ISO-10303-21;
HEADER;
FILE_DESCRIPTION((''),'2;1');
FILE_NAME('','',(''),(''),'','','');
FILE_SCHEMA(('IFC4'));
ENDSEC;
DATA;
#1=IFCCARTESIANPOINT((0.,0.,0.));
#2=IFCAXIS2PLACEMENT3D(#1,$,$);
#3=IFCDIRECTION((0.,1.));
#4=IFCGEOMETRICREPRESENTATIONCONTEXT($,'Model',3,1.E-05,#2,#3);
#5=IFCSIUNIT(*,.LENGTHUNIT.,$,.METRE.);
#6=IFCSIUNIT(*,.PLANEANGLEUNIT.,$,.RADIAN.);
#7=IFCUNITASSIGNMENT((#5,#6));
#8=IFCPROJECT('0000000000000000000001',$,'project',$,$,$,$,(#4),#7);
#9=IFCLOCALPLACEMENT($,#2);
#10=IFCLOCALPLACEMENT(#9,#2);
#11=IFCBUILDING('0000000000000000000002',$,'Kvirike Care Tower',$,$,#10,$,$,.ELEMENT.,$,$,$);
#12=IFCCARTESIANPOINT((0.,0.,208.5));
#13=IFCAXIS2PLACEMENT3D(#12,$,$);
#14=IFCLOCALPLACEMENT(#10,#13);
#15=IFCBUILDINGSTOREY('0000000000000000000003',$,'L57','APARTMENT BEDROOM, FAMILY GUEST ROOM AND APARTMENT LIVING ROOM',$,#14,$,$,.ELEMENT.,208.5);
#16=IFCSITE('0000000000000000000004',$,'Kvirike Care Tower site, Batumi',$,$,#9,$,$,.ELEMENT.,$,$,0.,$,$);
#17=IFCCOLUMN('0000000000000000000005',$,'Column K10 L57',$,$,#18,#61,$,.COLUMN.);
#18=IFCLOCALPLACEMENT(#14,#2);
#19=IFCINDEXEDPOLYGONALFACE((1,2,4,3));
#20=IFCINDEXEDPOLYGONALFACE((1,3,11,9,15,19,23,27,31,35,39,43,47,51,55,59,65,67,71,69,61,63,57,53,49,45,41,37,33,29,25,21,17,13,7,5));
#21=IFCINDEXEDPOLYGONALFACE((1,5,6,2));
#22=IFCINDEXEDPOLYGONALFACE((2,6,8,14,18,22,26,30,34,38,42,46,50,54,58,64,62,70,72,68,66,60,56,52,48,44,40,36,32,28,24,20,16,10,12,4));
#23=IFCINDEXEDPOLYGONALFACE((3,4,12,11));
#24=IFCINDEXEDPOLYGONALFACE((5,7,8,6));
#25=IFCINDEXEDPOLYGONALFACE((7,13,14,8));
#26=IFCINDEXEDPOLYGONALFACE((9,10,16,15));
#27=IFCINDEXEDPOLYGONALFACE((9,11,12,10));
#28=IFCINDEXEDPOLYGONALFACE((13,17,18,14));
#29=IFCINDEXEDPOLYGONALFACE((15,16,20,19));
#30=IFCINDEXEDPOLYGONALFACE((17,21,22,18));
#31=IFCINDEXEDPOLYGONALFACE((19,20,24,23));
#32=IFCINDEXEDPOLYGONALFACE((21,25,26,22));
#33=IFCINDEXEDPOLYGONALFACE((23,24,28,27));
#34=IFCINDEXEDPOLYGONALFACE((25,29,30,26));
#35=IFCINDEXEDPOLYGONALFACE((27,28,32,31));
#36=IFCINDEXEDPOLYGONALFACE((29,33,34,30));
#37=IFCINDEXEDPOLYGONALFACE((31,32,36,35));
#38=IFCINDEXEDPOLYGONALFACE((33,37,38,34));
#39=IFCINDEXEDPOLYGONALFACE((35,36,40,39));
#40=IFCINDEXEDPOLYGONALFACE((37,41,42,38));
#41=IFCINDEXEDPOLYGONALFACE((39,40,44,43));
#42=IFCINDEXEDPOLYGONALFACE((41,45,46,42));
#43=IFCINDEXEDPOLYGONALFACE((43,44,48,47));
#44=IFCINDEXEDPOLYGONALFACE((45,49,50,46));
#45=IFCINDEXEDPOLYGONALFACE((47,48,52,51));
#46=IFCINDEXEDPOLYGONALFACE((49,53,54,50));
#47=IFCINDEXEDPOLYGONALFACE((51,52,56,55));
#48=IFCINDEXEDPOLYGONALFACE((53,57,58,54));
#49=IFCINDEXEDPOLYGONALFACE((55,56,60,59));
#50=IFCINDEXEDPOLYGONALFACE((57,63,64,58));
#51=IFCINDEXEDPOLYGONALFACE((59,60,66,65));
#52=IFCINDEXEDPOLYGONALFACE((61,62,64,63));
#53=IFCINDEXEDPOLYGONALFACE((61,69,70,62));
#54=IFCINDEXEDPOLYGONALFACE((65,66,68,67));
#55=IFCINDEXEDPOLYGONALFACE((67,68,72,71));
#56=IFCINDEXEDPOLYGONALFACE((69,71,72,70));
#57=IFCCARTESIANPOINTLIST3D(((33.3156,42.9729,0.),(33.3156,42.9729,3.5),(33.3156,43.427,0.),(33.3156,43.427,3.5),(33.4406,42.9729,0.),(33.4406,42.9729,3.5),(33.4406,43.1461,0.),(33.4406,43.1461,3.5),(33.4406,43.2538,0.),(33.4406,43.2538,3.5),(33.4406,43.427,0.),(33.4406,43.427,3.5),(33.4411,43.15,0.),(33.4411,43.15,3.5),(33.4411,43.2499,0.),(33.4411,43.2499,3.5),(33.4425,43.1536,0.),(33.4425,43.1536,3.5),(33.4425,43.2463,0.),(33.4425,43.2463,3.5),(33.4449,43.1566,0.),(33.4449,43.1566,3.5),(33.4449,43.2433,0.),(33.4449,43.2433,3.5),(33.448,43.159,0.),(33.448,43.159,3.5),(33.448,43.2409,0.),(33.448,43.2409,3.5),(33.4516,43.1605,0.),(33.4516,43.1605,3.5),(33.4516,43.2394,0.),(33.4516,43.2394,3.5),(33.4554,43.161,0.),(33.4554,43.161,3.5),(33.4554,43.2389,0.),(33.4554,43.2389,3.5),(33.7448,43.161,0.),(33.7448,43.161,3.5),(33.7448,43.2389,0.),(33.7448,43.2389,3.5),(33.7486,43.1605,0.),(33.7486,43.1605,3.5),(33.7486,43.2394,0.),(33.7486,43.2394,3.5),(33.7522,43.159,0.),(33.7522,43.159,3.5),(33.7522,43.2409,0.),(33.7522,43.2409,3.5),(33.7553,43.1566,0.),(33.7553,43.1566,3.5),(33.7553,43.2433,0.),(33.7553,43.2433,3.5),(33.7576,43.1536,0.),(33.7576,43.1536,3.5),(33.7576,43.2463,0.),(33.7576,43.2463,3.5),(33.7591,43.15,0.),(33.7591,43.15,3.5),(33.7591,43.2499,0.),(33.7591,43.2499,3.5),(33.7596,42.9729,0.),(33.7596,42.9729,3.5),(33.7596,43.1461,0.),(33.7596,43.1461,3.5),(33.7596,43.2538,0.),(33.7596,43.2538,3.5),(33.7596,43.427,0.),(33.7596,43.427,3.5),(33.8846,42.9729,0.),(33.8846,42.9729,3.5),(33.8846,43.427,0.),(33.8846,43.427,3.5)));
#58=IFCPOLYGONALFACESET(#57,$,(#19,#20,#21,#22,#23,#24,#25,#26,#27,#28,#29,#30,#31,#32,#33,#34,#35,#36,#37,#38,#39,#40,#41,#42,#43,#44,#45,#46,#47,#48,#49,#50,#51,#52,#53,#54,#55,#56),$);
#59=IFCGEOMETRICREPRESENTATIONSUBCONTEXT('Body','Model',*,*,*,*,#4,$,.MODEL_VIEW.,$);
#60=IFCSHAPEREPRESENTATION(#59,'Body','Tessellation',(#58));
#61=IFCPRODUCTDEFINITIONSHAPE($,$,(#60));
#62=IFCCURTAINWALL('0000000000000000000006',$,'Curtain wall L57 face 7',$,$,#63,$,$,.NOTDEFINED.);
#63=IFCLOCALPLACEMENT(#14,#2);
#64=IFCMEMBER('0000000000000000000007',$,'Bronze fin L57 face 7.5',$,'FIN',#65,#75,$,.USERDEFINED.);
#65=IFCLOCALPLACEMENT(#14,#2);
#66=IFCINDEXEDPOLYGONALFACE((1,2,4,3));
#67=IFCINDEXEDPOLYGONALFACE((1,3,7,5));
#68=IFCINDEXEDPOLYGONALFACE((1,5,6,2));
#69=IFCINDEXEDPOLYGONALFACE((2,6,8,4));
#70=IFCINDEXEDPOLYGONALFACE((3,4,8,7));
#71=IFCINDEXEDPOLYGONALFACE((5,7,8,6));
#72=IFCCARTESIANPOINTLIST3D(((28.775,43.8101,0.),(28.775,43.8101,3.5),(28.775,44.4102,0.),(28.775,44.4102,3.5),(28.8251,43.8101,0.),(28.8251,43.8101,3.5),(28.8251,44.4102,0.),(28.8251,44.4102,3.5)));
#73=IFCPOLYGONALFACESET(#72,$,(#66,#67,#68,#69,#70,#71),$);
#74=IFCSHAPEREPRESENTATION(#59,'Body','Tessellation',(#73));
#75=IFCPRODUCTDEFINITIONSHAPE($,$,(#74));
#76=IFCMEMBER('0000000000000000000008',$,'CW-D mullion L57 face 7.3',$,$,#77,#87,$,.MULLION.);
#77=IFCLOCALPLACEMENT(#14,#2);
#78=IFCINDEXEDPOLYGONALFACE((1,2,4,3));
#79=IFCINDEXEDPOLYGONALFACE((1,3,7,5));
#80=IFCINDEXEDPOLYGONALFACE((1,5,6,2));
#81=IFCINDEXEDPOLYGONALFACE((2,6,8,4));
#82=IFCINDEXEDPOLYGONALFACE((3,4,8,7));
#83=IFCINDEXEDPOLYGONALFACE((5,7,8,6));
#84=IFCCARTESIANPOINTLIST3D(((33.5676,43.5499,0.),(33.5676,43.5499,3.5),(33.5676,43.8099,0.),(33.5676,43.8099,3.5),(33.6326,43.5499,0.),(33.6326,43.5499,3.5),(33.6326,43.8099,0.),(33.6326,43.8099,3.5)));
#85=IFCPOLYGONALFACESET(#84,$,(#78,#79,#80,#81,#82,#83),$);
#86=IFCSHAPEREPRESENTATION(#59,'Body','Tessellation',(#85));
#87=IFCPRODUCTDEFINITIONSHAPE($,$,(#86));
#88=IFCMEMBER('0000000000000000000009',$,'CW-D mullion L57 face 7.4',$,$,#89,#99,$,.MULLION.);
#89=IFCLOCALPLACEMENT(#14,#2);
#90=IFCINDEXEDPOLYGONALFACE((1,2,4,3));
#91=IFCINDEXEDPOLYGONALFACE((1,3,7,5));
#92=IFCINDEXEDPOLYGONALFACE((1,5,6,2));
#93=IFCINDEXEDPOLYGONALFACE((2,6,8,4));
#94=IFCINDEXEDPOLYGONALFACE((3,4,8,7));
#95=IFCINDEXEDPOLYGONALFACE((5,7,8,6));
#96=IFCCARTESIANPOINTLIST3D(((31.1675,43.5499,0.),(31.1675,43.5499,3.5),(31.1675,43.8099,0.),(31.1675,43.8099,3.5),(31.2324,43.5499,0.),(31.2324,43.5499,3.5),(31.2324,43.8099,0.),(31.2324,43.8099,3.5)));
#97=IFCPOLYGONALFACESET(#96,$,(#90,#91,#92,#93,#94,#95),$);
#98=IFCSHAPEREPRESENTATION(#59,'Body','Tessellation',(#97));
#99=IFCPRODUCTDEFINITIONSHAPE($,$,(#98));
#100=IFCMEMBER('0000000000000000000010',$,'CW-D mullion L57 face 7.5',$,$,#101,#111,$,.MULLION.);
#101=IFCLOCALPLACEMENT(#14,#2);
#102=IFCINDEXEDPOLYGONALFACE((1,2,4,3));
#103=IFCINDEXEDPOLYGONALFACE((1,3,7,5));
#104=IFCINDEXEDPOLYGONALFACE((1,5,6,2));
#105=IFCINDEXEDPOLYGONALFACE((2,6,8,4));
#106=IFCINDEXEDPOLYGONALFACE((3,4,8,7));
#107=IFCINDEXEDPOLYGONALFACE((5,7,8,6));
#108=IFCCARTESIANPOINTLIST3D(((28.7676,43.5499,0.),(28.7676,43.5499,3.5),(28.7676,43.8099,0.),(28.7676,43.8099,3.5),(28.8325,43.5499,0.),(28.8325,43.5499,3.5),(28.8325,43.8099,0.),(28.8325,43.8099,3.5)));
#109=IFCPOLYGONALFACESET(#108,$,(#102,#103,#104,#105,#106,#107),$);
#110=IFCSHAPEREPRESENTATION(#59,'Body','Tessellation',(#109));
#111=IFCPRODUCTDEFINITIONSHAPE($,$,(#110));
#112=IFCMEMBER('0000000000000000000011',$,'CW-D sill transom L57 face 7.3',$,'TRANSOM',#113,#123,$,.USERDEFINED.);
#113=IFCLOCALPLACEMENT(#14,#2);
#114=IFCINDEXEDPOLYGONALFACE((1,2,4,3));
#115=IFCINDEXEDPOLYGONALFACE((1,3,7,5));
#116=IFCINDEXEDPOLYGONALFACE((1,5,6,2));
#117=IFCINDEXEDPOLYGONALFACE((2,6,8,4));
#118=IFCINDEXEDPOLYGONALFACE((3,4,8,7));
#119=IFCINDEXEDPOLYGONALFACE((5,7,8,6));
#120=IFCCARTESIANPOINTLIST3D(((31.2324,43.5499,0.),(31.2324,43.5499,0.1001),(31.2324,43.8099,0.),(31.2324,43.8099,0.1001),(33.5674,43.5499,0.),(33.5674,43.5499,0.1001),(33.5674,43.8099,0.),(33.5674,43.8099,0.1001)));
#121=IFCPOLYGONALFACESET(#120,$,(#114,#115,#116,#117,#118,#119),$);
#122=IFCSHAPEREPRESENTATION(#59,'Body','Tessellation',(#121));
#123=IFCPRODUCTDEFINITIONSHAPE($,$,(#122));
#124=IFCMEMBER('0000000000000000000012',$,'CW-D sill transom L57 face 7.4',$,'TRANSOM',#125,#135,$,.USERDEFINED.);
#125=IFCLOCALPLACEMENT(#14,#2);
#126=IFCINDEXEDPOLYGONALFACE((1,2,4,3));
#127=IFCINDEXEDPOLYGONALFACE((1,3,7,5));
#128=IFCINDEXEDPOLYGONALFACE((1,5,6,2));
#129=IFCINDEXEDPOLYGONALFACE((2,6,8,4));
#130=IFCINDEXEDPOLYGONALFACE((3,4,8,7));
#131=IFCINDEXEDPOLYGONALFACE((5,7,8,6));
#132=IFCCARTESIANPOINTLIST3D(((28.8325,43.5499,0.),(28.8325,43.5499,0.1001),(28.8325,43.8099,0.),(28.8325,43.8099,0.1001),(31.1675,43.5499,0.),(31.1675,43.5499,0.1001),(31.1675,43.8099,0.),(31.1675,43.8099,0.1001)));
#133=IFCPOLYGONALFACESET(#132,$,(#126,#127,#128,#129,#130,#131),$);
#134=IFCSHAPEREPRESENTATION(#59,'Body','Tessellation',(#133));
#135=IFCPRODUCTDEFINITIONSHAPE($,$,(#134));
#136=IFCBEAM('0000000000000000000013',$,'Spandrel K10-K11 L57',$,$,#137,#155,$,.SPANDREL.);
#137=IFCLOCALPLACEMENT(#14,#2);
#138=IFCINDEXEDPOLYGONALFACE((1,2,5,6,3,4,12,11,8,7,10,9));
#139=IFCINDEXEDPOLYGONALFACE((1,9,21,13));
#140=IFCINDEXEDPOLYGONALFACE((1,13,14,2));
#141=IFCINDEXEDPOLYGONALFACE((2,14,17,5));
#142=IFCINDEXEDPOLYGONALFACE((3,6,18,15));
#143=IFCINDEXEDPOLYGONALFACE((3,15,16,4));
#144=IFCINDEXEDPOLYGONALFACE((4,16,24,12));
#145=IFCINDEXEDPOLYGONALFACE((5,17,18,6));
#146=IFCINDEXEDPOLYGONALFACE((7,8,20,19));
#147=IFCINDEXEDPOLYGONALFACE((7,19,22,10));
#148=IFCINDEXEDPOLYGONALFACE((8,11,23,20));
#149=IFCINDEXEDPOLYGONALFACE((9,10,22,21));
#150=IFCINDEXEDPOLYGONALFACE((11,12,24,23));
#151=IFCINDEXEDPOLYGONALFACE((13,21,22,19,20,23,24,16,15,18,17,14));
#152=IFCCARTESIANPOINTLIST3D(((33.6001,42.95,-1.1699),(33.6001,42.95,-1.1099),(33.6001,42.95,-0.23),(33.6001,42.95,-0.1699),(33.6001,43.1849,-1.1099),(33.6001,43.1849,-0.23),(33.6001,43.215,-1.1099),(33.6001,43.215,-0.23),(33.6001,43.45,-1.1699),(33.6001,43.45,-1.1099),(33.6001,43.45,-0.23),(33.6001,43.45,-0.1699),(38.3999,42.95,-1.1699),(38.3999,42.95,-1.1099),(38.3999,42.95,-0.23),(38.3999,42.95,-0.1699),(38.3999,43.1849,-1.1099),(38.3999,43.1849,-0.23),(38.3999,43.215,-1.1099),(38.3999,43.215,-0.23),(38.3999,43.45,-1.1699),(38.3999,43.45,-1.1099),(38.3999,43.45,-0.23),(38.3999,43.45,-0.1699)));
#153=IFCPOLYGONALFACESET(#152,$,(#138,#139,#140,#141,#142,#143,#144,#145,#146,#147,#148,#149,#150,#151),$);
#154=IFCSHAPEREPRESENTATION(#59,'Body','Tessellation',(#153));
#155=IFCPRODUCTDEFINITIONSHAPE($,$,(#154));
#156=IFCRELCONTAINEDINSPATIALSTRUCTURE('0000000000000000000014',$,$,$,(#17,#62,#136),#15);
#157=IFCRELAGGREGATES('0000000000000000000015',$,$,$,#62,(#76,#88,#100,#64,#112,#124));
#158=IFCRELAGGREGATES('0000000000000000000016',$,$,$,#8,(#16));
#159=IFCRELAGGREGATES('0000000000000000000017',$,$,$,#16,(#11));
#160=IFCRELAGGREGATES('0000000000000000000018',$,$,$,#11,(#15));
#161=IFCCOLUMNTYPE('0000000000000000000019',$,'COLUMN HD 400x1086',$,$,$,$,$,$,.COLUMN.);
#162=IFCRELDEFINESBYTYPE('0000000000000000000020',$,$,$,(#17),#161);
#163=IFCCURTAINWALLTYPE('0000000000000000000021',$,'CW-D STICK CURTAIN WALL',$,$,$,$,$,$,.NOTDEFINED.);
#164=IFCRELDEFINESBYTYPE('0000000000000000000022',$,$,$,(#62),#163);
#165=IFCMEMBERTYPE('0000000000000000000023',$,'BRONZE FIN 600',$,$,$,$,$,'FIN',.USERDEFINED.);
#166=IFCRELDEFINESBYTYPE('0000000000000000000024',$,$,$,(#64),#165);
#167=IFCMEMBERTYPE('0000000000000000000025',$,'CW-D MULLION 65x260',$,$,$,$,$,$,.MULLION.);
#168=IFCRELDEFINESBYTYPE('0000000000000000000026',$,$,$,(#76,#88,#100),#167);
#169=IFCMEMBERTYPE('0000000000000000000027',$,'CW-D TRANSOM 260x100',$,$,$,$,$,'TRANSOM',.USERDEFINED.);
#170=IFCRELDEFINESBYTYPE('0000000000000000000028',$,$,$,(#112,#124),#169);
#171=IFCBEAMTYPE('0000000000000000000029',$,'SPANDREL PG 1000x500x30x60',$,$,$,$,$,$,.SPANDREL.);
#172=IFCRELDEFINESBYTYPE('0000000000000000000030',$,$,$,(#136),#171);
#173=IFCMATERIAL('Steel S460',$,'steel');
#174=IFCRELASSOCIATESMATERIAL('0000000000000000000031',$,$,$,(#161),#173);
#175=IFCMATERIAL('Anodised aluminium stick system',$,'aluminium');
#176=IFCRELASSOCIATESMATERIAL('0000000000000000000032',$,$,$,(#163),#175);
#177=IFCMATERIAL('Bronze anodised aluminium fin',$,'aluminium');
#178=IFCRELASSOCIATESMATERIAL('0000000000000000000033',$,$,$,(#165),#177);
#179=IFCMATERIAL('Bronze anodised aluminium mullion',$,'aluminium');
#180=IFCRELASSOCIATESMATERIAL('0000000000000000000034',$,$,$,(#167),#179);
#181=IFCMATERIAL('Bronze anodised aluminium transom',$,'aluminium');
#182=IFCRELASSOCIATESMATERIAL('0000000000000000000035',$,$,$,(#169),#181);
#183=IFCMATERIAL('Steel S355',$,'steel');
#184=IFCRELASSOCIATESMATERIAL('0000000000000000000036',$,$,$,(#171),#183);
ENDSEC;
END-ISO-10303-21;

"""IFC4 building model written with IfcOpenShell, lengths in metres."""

from ifc_helpers import new_model, si_unit, direction, frame, origin, origin_2d, place, context, subcontext, project, spatial, rectangle, i_section, extrude, material, material_profile, profile_set, type_object, element, aggregate, save


model = new_model("IFC4")

# Units and contexts
model_context = context("Model", 3, precision=1e-05, world=origin(), true_north=direction((0.0, 1.0)))
body_context = subcontext(model_context, "Body", "Model", "MODEL_VIEW")
ifc_project = project(units=[si_unit("LENGTHUNIT", "METRE"), si_unit("PLANEANGLEUNIT", "RADIAN")], contexts=[model_context])

# Site, building, storey
site_placement = place(None, origin())
site = spatial("IfcSite", under=ifc_project, at=site_placement, Name="Kvirike Care Tower site, Batumi", CompositionType="ELEMENT", RefElevation=0.0)
building_placement = place(site_placement, origin())
building = spatial("IfcBuilding", under=site, at=building_placement, Name="Kvirike Care Tower", CompositionType="ELEMENT")
storey_placement = place(building_placement, frame((0.0, 0.0, 208.5)))
storey = spatial("IfcBuildingStorey", under=building, at=storey_placement, Name="L57", Description="APARTMENT BEDROOM, FAMILY GUEST ROOM AND APARTMENT LIVING ROOM", CompositionType="ELEMENT", Elevation=208.5)

# Column
ifc_material_1 = material(Name="Steel S460", Category="steel")
ifc_material_profile_1 = material_profile(ifc_material_1, i_section(OverallWidth=0.4541, OverallDepth=0.5691, WebThickness=0.0779, FlangeThickness=0.125, FilletRadius=0.0149, at=origin_2d()), Name="HD 400x1086")
ifc_profile_set_1 = profile_set([ifc_material_profile_1], Name="Steel S460")
column_type = type_object("IfcColumnType", Name="COLUMN HD 400x1086", PredefinedType="COLUMN", material=ifc_profile_set_1)
column_placement = place(storey_placement, frame((33.6001, 43.2, 0.0), z_axis=(0.0, 0.0, 1.0), x_axis=(0.0, 1.0, 0.0)))
element("IfcColumn", 1, at=column_placement, inside=storey, type_object=column_type, Name="Column K10 L57", PredefinedType="COLUMN", context=body_context, shape_type="SweptSolid", body=[
    extrude(i_section(OverallWidth=0.4541, OverallDepth=0.5691, WebThickness=0.0779, FlangeThickness=0.125, FilletRadius=0.0149, at=origin_2d()), origin(), (0.0, 0.0, 1.0), 3.5),
])

# Curtain wall, members
ifc_material_2 = material(Name="Anodised aluminium stick system", Category="aluminium")
curtain_wall_type = type_object("IfcCurtainWallType", Name="CW-D STICK CURTAIN WALL", PredefinedType="NOTDEFINED", material=ifc_material_2)
curtain_wall_placement = place(storey_placement, origin())
curtain_wall = element("IfcCurtainWall", 2, at=curtain_wall_placement, inside=storey, type_object=curtain_wall_type, Name="Curtain wall L57 face 7", PredefinedType="NOTDEFINED")
ifc_material_3 = material(Name="Bronze anodised aluminium fin", Category="aluminium")
ifc_material_profile_2 = material_profile(ifc_material_3, rectangle(XDim=0.05, YDim=0.6001, at=origin_2d()), Name="BRONZE FIN 600")
ifc_profile_set_2 = profile_set([ifc_material_profile_2], Name="Bronze anodised aluminium fin")
member_type_1 = type_object("IfcMemberType", Name="BRONZE FIN 600", ElementType="FIN", PredefinedType="USERDEFINED", material=ifc_profile_set_2)
member_1_placement = place(storey_placement, frame((28.8, 44.1101, 0.0), z_axis=(0.0, 0.0, 1.0), x_axis=(-1.0, 0.0, 0.0)))
member_1 = element("IfcMember", 3, at=member_1_placement, type_object=member_type_1, Name="Bronze fin L57 face 7.5", ObjectType="FIN", PredefinedType="USERDEFINED", context=body_context, shape_type="SweptSolid", body=[
    extrude(rectangle(XDim=0.05, YDim=0.6001, at=origin_2d()), origin(), (0.0, 0.0, 1.0), 3.5),
])
ifc_material_4 = material(Name="Bronze anodised aluminium mullion", Category="aluminium")
ifc_material_profile_3 = material_profile(ifc_material_4, rectangle(XDim=0.0649, YDim=0.26, at=origin_2d()), Name="CW-D MULLION 65x260")
ifc_profile_set_3 = profile_set([ifc_material_profile_3], Name="Bronze anodised aluminium mullion")
member_type_2 = type_object("IfcMemberType", Name="CW-D MULLION 65x260", PredefinedType="MULLION", material=ifc_profile_set_3)
member_2_placement = place(storey_placement, frame((33.6001, 43.6799, 0.0), z_axis=(0.0, 0.0, 1.0), x_axis=(-1.0, 0.0, 0.0)))
member_2 = element("IfcMember", 4, at=member_2_placement, type_object=member_type_2, Name="CW-D mullion L57 face 7.3", PredefinedType="MULLION", context=body_context, shape_type="SweptSolid", body=[
    extrude(rectangle(XDim=0.0649, YDim=0.26, at=origin_2d()), origin(), (0.0, 0.0, 1.0), 3.5),
])
member_3_placement = place(storey_placement, frame((31.2, 43.6799, 0.0), z_axis=(0.0, 0.0, 1.0), x_axis=(-1.0, 0.0, 0.0)))
member_3 = element("IfcMember", 5, at=member_3_placement, type_object=member_type_2, Name="CW-D mullion L57 face 7.4", PredefinedType="MULLION", context=body_context, shape_type="SweptSolid", body=[
    extrude(rectangle(XDim=0.0649, YDim=0.26, at=origin_2d()), origin(), (0.0, 0.0, 1.0), 3.5),
])
member_4_placement = place(storey_placement, frame((28.8, 43.6799, 0.0), z_axis=(0.0, 0.0, 1.0), x_axis=(-1.0, 0.0, 0.0)))
member_4 = element("IfcMember", 6, at=member_4_placement, type_object=member_type_2, Name="CW-D mullion L57 face 7.5", PredefinedType="MULLION", context=body_context, shape_type="SweptSolid", body=[
    extrude(rectangle(XDim=0.0649, YDim=0.26, at=origin_2d()), origin(), (0.0, 0.0, 1.0), 3.5),
])
ifc_material_5 = material(Name="Bronze anodised aluminium transom", Category="aluminium")
ifc_material_profile_4 = material_profile(ifc_material_5, rectangle(XDim=0.26, YDim=0.1001, at=origin_2d()), Name="CW-D TRANSOM 260x100")
ifc_profile_set_4 = profile_set([ifc_material_profile_4], Name="Bronze anodised aluminium transom")
member_type_3 = type_object("IfcMemberType", Name="CW-D TRANSOM 260x100", ElementType="TRANSOM", PredefinedType="USERDEFINED", material=ifc_profile_set_4)
member_5_placement = place(storey_placement, frame((33.5674, 43.6799, 0.05), z_axis=(-1.0, 0.0, 0.0), x_axis=(0.0, -1.0, 0.0)))
member_5 = element("IfcMember", 7, at=member_5_placement, type_object=member_type_3, Name="CW-D sill transom L57 face 7.3", ObjectType="TRANSOM", PredefinedType="USERDEFINED", context=body_context, shape_type="SweptSolid", body=[
    extrude(rectangle(XDim=0.26, YDim=0.1001, at=origin_2d()), origin(), (0.0, 0.0, 1.0), 2.335),
])
member_6_placement = place(storey_placement, frame((31.1675, 43.6799, 0.05), z_axis=(-1.0, 0.0, 0.0), x_axis=(0.0, -1.0, 0.0)))
member_6 = element("IfcMember", 8, at=member_6_placement, type_object=member_type_3, Name="CW-D sill transom L57 face 7.4", ObjectType="TRANSOM", PredefinedType="USERDEFINED", context=body_context, shape_type="SweptSolid", body=[
    extrude(rectangle(XDim=0.26, YDim=0.1001, at=origin_2d()), origin(), (0.0, 0.0, 1.0), 2.335),
])

# Beam
ifc_material_6 = material(Name="Steel S355", Category="steel")
ifc_material_profile_5 = material_profile(ifc_material_6, i_section(OverallWidth=0.5, OverallDepth=1.0, WebThickness=0.03, FlangeThickness=0.0601, at=origin_2d()), Name="PG 1000x500x30x60")
ifc_profile_set_5 = profile_set([ifc_material_profile_5], Name="Steel S355")
beam_type_1 = type_object("IfcBeamType", Name="SPANDREL PG 1000x500x30x60", PredefinedType="SPANDREL", material=ifc_profile_set_5)
beam_1_placement = place(storey_placement, frame((33.6001, 43.2, -0.6699), z_axis=(1.0, 0.0, 0.0), x_axis=(0.0, 1.0, 0.0)))
element("IfcBeam", 9, at=beam_1_placement, inside=storey, type_object=beam_type_1, Name="Spandrel K10-K11 L57", PredefinedType="SPANDREL", context=body_context, shape_type="SweptSolid", body=[
    extrude(i_section(OverallWidth=0.5, OverallDepth=1.0, WebThickness=0.03, FlangeThickness=0.0601, at=origin_2d()), origin(), (0.0, 0.0, 1.0), 4.7998),
])

aggregate(curtain_wall, [member_2, member_3, member_4, member_1, member_5, member_6])

save(model, "model.ifc")
